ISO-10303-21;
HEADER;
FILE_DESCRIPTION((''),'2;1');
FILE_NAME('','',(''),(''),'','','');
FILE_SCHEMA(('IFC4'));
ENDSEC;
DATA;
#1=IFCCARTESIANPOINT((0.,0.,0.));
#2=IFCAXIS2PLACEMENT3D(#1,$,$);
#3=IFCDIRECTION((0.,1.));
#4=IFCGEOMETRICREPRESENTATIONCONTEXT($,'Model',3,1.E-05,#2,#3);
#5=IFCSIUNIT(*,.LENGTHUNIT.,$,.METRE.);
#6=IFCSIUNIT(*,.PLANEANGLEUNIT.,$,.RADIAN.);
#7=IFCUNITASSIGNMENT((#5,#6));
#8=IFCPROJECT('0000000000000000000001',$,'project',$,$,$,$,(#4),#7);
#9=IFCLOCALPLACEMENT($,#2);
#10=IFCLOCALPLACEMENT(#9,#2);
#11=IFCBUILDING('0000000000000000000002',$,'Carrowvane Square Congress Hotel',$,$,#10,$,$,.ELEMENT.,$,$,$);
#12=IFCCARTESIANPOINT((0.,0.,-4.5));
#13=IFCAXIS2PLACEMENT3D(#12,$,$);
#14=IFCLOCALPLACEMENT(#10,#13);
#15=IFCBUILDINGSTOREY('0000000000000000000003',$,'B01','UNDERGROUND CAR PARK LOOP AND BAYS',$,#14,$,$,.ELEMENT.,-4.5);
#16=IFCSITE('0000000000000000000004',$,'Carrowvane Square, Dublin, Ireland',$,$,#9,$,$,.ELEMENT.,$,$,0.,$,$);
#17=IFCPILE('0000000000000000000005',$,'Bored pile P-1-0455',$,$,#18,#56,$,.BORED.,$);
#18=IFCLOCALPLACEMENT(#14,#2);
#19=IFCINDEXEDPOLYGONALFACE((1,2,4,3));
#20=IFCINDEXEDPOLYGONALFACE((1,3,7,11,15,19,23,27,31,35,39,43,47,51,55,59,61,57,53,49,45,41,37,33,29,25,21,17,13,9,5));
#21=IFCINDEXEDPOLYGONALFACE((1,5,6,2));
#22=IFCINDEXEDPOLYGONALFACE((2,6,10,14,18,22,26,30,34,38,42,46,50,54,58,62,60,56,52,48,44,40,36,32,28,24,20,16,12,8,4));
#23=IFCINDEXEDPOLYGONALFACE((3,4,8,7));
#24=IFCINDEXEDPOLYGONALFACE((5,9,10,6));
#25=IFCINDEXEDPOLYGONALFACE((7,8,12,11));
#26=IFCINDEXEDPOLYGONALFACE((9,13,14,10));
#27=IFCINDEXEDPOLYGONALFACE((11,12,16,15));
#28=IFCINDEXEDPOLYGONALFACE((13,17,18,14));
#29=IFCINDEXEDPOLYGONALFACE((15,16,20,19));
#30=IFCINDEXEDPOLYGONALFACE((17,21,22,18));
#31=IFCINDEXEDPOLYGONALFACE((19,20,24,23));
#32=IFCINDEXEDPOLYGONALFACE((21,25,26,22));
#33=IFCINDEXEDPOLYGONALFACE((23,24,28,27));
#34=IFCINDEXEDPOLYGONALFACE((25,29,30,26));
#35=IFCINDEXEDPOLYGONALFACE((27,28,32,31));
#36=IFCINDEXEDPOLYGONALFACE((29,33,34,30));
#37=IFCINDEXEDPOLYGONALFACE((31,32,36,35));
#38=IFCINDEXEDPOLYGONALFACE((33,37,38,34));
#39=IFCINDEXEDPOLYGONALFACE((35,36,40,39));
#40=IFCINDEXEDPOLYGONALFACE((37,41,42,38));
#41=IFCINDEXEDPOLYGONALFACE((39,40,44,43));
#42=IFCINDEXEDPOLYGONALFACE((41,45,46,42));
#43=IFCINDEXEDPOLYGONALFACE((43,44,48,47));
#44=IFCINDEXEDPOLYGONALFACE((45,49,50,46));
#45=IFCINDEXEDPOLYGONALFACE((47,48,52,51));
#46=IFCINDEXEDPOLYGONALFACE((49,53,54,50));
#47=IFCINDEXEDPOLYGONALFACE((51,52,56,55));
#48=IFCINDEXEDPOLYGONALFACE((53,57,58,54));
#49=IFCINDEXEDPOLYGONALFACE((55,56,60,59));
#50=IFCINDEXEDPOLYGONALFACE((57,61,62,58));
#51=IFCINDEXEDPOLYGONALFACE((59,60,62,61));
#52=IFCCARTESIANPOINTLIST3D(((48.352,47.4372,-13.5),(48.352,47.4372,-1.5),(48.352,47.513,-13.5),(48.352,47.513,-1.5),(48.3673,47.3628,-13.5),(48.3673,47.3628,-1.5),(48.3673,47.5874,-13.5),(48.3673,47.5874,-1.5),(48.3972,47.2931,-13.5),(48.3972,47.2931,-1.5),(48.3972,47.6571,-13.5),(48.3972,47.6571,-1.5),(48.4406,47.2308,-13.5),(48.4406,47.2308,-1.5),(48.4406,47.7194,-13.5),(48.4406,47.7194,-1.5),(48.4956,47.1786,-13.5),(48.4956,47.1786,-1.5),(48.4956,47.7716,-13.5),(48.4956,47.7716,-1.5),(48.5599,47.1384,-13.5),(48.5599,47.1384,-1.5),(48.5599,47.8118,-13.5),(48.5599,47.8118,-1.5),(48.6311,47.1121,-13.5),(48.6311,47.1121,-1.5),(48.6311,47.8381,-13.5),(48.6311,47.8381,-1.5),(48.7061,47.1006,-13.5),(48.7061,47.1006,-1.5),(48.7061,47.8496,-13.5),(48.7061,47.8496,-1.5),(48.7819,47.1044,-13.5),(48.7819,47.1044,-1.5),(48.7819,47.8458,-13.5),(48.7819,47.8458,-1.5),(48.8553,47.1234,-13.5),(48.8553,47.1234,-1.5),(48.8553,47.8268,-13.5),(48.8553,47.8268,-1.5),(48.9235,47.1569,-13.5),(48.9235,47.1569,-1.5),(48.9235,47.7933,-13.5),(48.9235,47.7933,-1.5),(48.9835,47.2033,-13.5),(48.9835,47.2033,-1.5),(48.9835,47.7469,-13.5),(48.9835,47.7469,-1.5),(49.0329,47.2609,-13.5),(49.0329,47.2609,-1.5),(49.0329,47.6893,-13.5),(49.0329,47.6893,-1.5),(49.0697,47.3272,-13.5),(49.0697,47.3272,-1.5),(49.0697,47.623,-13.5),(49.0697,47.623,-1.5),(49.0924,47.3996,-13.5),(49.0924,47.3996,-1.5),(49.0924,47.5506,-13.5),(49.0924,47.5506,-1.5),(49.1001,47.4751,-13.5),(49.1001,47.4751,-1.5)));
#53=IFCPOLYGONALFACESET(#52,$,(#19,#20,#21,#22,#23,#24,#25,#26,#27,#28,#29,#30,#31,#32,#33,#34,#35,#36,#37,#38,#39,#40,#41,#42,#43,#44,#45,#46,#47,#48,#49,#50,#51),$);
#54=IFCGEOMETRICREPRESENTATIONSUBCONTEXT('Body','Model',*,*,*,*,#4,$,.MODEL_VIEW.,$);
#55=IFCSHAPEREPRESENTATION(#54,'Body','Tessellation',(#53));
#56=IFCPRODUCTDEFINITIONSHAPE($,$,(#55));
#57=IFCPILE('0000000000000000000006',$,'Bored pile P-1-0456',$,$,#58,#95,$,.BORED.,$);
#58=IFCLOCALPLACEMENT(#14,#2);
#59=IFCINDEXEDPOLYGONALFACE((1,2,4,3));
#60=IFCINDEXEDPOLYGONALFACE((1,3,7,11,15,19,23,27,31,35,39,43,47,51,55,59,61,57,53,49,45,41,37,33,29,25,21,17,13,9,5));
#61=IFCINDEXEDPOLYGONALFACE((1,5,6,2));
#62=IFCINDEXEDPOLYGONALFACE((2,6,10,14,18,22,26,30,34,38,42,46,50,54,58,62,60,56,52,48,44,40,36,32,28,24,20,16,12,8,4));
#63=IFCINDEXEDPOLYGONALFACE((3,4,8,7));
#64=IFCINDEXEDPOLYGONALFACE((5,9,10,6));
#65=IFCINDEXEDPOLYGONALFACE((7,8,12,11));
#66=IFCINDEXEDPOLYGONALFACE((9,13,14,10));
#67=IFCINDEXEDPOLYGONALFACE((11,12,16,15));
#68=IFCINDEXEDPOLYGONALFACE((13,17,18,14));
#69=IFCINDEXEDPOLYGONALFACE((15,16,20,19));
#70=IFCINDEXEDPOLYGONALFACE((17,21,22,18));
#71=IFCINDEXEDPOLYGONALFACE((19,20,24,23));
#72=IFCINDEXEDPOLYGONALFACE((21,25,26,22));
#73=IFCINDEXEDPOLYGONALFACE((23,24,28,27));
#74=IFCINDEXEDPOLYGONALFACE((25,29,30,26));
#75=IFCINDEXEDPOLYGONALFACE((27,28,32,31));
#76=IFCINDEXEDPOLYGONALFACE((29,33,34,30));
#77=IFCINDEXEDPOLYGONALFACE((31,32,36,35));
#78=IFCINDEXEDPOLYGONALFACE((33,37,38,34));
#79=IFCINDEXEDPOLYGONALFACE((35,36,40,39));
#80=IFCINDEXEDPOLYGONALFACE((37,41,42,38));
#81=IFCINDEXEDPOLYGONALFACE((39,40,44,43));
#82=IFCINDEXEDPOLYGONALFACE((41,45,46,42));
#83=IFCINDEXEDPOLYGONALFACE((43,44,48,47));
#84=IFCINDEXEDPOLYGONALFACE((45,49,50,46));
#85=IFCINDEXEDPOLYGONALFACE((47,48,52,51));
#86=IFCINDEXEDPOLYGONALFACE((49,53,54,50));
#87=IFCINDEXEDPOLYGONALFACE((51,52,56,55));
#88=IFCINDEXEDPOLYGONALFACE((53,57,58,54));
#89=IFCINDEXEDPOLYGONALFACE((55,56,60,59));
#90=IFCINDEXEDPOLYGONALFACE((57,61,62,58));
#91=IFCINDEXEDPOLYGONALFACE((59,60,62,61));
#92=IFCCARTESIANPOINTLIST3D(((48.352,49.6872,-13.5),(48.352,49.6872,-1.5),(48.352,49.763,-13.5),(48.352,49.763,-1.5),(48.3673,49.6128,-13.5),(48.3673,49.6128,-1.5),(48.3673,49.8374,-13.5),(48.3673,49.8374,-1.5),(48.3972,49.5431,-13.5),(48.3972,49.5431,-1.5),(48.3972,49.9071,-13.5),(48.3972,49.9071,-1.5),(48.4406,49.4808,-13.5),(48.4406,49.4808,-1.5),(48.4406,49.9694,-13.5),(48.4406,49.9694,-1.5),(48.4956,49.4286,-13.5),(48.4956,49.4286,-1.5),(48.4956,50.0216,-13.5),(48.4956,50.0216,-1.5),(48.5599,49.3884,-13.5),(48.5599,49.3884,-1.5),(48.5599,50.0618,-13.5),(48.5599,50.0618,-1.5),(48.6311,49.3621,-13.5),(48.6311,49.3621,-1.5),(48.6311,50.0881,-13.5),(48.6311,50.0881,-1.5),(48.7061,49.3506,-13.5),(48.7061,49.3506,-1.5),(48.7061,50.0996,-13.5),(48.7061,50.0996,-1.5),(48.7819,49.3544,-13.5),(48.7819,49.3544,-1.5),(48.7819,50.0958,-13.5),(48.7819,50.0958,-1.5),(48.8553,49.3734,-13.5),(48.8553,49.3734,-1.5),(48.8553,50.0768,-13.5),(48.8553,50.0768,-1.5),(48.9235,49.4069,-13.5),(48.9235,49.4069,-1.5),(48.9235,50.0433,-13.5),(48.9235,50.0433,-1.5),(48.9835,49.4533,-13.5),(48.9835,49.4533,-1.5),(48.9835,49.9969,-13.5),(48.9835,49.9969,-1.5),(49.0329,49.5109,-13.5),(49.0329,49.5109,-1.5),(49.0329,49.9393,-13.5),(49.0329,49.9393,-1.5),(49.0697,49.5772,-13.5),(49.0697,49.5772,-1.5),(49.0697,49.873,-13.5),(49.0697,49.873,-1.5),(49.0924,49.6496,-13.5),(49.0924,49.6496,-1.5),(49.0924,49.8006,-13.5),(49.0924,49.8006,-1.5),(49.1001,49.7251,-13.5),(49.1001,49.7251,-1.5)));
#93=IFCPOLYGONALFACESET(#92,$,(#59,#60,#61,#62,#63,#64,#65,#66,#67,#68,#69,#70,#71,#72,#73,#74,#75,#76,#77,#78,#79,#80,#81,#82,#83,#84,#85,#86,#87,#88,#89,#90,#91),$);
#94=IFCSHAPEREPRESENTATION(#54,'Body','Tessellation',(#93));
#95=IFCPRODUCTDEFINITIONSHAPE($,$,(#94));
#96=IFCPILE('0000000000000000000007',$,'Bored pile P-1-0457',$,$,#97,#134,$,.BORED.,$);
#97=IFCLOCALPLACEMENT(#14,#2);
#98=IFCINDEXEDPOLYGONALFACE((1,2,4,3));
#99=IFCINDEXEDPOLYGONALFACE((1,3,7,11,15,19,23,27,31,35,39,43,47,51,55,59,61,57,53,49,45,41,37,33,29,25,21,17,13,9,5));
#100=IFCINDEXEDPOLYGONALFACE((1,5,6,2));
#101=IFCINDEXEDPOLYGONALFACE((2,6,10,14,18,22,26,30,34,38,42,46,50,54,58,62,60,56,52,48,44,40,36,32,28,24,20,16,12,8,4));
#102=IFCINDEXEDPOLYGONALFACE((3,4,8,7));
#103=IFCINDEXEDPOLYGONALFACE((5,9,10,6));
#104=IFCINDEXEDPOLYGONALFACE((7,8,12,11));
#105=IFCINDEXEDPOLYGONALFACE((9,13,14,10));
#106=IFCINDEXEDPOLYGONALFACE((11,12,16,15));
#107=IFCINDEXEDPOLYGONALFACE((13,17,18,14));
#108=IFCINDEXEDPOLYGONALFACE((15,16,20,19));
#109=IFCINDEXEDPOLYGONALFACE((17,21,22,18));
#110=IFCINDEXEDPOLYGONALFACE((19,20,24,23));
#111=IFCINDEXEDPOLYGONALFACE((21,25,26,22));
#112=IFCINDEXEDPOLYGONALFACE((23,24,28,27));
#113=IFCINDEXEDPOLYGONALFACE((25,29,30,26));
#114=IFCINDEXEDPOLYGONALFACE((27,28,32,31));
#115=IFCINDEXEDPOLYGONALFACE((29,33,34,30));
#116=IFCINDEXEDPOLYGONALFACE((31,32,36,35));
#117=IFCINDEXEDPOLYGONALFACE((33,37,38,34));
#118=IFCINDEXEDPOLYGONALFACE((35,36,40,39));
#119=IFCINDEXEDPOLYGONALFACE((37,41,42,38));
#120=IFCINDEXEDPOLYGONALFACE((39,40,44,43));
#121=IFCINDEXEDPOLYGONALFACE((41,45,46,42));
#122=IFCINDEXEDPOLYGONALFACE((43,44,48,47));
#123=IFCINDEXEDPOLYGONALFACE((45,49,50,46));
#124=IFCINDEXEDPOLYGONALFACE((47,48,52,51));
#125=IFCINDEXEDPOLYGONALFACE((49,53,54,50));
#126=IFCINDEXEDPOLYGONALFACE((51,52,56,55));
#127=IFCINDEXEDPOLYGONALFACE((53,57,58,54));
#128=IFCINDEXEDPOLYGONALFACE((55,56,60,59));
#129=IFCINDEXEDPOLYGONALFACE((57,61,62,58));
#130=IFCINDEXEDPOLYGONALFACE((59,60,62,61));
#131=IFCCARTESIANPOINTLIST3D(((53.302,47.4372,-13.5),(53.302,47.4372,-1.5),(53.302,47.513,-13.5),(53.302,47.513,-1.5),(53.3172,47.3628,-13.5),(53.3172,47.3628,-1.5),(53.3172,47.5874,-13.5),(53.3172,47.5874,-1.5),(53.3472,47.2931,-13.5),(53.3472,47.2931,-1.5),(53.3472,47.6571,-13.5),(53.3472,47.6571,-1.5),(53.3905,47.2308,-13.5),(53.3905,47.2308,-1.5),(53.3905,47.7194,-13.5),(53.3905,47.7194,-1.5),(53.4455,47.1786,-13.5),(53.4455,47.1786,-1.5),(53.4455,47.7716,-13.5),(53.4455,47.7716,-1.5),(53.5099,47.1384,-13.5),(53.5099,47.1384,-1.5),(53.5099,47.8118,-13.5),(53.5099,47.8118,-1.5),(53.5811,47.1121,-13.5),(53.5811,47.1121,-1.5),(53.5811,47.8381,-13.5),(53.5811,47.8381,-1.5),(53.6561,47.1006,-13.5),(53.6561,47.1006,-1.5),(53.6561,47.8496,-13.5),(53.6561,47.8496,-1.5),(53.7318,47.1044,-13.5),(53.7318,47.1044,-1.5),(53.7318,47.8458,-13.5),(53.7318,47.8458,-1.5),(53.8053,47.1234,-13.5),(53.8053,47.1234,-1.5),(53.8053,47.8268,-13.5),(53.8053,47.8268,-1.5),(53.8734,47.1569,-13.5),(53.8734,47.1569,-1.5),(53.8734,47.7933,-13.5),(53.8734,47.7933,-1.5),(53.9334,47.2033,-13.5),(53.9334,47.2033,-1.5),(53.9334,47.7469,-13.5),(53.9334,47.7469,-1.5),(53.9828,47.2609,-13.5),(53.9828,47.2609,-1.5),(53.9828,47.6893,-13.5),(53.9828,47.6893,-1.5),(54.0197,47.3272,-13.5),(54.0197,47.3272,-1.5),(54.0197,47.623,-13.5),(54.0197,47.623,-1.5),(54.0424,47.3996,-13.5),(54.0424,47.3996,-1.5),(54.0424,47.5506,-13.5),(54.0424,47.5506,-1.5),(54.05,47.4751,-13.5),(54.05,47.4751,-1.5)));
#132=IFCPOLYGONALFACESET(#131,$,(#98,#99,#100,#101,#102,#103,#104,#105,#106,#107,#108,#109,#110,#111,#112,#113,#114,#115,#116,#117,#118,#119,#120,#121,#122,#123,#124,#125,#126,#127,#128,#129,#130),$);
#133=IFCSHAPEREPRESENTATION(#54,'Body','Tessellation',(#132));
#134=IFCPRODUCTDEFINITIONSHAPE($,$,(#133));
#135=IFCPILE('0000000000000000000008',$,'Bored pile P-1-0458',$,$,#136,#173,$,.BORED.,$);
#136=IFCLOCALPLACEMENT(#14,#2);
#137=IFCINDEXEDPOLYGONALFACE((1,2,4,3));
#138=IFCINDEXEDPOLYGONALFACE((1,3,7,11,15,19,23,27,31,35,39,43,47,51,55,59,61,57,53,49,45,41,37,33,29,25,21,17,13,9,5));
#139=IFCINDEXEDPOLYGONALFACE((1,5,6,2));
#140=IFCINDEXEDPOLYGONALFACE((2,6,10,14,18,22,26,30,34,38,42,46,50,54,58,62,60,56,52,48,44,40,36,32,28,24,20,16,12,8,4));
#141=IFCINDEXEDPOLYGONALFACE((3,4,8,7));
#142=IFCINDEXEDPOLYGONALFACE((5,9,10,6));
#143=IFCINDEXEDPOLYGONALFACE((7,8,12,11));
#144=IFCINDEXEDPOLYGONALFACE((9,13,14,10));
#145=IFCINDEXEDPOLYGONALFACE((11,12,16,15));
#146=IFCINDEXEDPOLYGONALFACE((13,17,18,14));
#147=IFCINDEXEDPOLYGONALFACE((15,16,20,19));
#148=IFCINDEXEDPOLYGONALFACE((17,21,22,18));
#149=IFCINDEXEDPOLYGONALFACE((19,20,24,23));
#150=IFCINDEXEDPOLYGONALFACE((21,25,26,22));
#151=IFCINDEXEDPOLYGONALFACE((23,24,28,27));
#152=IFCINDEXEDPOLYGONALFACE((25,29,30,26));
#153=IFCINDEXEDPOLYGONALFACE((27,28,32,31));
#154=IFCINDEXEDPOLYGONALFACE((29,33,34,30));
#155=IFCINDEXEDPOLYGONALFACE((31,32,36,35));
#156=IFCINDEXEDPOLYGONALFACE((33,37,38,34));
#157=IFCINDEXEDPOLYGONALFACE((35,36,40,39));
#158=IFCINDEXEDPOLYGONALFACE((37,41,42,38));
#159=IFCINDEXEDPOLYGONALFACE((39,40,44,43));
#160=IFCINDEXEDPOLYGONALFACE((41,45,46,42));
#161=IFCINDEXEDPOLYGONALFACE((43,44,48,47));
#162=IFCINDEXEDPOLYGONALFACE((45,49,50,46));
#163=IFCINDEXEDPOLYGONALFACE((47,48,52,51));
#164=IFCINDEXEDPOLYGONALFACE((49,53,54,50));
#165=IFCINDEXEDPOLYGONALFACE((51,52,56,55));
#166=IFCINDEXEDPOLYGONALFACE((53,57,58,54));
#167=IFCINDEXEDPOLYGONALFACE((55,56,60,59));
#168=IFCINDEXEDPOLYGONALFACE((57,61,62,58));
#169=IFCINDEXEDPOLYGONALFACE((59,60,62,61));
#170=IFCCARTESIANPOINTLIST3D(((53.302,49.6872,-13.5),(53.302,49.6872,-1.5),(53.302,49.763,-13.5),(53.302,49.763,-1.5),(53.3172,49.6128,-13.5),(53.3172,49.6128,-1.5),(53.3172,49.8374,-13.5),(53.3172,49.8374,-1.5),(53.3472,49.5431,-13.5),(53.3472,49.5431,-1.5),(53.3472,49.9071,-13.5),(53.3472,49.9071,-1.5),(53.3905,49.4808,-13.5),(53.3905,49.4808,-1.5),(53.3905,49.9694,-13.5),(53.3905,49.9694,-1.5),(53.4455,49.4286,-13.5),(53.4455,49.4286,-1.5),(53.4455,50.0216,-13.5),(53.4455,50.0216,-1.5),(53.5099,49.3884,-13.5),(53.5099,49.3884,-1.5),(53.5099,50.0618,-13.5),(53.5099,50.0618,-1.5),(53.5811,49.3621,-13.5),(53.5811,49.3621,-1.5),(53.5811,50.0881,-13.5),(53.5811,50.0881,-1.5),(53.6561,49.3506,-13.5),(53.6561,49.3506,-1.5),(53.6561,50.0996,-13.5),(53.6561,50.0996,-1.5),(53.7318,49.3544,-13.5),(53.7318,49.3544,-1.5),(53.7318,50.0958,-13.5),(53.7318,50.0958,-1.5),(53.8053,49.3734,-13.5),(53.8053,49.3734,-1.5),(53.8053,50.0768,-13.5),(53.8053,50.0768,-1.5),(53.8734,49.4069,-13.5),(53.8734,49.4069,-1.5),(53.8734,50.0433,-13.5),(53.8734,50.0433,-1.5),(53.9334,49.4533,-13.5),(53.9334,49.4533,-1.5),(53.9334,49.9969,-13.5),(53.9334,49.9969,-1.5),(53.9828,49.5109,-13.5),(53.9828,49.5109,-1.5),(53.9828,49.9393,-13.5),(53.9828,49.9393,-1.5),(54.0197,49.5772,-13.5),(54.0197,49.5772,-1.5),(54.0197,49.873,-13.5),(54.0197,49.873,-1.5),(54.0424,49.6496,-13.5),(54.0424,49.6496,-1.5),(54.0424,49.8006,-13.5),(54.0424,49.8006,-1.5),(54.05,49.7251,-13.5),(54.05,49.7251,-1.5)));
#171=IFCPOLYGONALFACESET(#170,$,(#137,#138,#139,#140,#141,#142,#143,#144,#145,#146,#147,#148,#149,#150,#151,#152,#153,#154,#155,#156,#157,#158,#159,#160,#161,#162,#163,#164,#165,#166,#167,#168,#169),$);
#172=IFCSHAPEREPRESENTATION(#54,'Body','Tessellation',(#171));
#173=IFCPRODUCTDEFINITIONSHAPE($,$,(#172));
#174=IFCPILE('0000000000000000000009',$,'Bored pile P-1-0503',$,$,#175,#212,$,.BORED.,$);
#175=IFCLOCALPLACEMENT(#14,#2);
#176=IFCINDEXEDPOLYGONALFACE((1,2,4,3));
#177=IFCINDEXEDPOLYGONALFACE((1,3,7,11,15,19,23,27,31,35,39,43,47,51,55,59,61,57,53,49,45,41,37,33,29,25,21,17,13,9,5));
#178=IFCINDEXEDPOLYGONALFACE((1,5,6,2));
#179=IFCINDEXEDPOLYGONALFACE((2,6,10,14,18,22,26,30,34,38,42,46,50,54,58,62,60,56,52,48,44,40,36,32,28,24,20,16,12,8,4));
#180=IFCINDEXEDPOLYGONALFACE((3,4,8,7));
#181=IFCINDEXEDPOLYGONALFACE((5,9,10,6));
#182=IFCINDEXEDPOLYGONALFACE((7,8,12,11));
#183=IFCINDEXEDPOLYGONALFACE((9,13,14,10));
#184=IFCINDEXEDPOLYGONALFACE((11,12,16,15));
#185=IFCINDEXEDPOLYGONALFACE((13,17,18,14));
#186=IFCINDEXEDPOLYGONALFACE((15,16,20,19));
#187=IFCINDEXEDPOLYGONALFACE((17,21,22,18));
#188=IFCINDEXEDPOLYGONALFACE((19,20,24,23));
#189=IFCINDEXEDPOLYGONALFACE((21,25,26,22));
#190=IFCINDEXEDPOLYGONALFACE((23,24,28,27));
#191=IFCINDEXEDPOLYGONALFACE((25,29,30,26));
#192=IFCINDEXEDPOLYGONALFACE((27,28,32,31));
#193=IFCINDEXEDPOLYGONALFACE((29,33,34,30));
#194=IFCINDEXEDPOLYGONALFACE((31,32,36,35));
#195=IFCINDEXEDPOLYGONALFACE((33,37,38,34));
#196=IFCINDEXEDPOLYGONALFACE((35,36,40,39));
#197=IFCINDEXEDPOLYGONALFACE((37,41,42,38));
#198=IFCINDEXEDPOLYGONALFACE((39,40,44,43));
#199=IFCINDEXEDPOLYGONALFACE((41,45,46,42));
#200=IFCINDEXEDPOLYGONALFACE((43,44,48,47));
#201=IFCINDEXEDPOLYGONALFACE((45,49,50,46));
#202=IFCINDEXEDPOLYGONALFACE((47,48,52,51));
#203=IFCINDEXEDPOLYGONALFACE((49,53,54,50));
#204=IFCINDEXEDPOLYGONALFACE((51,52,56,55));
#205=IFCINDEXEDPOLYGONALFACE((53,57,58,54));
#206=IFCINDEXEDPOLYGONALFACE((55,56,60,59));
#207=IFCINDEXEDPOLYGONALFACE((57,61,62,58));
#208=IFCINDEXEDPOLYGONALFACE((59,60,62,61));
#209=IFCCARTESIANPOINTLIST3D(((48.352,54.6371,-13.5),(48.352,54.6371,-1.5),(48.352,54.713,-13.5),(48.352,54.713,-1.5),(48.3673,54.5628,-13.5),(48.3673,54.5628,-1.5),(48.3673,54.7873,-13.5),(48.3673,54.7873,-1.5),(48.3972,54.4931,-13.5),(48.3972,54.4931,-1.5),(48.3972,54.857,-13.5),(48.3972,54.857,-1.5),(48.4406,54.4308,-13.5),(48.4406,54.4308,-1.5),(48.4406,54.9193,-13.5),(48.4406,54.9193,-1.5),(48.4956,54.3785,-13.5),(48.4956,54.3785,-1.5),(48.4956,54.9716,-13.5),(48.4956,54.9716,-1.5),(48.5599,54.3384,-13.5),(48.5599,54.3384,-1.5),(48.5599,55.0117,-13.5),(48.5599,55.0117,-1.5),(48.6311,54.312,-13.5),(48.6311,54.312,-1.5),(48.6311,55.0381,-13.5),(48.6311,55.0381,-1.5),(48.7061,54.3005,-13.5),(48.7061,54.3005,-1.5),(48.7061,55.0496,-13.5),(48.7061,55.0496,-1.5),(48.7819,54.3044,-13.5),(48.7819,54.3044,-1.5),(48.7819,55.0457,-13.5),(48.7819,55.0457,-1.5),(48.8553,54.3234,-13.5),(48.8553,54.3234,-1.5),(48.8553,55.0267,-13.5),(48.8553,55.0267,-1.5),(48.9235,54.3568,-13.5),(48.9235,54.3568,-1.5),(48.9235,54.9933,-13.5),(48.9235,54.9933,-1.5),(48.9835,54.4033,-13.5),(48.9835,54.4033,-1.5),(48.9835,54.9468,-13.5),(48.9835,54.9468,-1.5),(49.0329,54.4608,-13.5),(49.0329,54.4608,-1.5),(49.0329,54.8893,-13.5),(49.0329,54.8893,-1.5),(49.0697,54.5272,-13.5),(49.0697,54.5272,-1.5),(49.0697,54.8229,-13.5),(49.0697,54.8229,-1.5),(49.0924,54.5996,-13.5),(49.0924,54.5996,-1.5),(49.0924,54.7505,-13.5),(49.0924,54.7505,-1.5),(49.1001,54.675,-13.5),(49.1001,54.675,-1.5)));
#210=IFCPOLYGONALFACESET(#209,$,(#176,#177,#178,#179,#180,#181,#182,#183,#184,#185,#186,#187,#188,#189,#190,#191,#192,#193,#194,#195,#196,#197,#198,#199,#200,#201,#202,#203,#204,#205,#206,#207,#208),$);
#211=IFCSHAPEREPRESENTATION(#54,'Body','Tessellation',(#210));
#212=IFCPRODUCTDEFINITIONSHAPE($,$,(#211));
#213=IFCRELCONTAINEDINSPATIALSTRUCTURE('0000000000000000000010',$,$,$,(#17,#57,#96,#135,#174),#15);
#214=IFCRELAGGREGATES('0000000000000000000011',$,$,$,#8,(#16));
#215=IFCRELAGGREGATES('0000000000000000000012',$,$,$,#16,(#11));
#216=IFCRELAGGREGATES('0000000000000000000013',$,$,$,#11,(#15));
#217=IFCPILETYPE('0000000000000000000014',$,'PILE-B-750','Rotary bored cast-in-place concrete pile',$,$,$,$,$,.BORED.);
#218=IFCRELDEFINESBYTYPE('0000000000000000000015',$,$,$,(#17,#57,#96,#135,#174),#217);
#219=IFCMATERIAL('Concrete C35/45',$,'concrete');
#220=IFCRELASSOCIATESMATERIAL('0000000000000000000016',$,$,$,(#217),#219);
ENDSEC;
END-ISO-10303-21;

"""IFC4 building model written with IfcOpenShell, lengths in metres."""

from ifc_helpers import new_model, si_unit, direction, frame, origin, origin_2d, place, context, subcontext, project, spatial, circle, extrude, material, material_profile, profile_set, type_object, element, save


model = new_model("IFC4")

# Units and contexts
model_context = context("Model", 3, precision=1e-05, world=origin(), true_north=direction((0.0, 1.0)))
body_context = subcontext(model_context, "Body", "Model", "MODEL_VIEW")
ifc_project = project(units=[si_unit("LENGTHUNIT", "METRE"), si_unit("PLANEANGLEUNIT", "RADIAN")], contexts=[model_context])

# Site, building, storey
site_placement = place(None, origin())
site = spatial("IfcSite", under=ifc_project, at=site_placement, Name="Carrowvane Square, Dublin, Ireland", CompositionType="ELEMENT", RefElevation=0.0)
building_placement = place(site_placement, origin())
building = spatial("IfcBuilding", under=site, at=building_placement, Name="Carrowvane Square Congress Hotel", CompositionType="ELEMENT")
storey_placement = place(building_placement, frame((0.0, 0.0, -4.5)))
storey = spatial("IfcBuildingStorey", under=building, at=storey_placement, Name="B01", Description="UNDERGROUND CAR PARK LOOP AND BAYS", CompositionType="ELEMENT", Elevation=-4.5)

# Piles
ifc_material_1 = material(Name="Concrete C35/45", Category="concrete")
ifc_material_profile_1 = material_profile(ifc_material_1, circle(Radius=0.375, at=origin_2d()), Name="PILE D750")
ifc_profile_set_1 = profile_set([ifc_material_profile_1], Name="Concrete C35/45")
pile_type = type_object("IfcPileType", Name="PILE-B-750", Description="Rotary bored cast-in-place concrete pile", PredefinedType="BORED", material=ifc_profile_set_1)
for number, where, z_axis, x_axis, name in (
    (1, (48.7251, 47.4751, -1.5), (0.0, 0.0, -1.0), (1.0, 0.0, 0.0), "Bored pile P-1-0455"),
    (2, (48.7251, 49.7251, -1.5), (0.0, 0.0, -1.0), (1.0, 0.0, 0.0), "Bored pile P-1-0456"),
    (3, (53.675, 47.4751, -1.5), (0.0, 0.0, -1.0), (1.0, 0.0, 0.0), "Bored pile P-1-0457"),
    (4, (53.675, 49.7251, -1.5), (0.0, 0.0, -1.0), (1.0, 0.0, 0.0), "Bored pile P-1-0458"),
    (5, (48.7251, 54.675, -1.5), (0.0, 0.0, -1.0), (1.0, 0.0, 0.0), "Bored pile P-1-0503"),
):
    element("IfcPile", number, at=place(storey_placement, frame(where, z_axis=z_axis, x_axis=x_axis)), inside=storey, type_object=pile_type, Name=name, PredefinedType="BORED", context=body_context, shape_type="SweptSolid", body=[
        extrude(circle(Radius=0.375, at=origin_2d()), origin(), (0.0, 0.0, 1.0), 12.0),
    ])

save(model, "model.ifc")
